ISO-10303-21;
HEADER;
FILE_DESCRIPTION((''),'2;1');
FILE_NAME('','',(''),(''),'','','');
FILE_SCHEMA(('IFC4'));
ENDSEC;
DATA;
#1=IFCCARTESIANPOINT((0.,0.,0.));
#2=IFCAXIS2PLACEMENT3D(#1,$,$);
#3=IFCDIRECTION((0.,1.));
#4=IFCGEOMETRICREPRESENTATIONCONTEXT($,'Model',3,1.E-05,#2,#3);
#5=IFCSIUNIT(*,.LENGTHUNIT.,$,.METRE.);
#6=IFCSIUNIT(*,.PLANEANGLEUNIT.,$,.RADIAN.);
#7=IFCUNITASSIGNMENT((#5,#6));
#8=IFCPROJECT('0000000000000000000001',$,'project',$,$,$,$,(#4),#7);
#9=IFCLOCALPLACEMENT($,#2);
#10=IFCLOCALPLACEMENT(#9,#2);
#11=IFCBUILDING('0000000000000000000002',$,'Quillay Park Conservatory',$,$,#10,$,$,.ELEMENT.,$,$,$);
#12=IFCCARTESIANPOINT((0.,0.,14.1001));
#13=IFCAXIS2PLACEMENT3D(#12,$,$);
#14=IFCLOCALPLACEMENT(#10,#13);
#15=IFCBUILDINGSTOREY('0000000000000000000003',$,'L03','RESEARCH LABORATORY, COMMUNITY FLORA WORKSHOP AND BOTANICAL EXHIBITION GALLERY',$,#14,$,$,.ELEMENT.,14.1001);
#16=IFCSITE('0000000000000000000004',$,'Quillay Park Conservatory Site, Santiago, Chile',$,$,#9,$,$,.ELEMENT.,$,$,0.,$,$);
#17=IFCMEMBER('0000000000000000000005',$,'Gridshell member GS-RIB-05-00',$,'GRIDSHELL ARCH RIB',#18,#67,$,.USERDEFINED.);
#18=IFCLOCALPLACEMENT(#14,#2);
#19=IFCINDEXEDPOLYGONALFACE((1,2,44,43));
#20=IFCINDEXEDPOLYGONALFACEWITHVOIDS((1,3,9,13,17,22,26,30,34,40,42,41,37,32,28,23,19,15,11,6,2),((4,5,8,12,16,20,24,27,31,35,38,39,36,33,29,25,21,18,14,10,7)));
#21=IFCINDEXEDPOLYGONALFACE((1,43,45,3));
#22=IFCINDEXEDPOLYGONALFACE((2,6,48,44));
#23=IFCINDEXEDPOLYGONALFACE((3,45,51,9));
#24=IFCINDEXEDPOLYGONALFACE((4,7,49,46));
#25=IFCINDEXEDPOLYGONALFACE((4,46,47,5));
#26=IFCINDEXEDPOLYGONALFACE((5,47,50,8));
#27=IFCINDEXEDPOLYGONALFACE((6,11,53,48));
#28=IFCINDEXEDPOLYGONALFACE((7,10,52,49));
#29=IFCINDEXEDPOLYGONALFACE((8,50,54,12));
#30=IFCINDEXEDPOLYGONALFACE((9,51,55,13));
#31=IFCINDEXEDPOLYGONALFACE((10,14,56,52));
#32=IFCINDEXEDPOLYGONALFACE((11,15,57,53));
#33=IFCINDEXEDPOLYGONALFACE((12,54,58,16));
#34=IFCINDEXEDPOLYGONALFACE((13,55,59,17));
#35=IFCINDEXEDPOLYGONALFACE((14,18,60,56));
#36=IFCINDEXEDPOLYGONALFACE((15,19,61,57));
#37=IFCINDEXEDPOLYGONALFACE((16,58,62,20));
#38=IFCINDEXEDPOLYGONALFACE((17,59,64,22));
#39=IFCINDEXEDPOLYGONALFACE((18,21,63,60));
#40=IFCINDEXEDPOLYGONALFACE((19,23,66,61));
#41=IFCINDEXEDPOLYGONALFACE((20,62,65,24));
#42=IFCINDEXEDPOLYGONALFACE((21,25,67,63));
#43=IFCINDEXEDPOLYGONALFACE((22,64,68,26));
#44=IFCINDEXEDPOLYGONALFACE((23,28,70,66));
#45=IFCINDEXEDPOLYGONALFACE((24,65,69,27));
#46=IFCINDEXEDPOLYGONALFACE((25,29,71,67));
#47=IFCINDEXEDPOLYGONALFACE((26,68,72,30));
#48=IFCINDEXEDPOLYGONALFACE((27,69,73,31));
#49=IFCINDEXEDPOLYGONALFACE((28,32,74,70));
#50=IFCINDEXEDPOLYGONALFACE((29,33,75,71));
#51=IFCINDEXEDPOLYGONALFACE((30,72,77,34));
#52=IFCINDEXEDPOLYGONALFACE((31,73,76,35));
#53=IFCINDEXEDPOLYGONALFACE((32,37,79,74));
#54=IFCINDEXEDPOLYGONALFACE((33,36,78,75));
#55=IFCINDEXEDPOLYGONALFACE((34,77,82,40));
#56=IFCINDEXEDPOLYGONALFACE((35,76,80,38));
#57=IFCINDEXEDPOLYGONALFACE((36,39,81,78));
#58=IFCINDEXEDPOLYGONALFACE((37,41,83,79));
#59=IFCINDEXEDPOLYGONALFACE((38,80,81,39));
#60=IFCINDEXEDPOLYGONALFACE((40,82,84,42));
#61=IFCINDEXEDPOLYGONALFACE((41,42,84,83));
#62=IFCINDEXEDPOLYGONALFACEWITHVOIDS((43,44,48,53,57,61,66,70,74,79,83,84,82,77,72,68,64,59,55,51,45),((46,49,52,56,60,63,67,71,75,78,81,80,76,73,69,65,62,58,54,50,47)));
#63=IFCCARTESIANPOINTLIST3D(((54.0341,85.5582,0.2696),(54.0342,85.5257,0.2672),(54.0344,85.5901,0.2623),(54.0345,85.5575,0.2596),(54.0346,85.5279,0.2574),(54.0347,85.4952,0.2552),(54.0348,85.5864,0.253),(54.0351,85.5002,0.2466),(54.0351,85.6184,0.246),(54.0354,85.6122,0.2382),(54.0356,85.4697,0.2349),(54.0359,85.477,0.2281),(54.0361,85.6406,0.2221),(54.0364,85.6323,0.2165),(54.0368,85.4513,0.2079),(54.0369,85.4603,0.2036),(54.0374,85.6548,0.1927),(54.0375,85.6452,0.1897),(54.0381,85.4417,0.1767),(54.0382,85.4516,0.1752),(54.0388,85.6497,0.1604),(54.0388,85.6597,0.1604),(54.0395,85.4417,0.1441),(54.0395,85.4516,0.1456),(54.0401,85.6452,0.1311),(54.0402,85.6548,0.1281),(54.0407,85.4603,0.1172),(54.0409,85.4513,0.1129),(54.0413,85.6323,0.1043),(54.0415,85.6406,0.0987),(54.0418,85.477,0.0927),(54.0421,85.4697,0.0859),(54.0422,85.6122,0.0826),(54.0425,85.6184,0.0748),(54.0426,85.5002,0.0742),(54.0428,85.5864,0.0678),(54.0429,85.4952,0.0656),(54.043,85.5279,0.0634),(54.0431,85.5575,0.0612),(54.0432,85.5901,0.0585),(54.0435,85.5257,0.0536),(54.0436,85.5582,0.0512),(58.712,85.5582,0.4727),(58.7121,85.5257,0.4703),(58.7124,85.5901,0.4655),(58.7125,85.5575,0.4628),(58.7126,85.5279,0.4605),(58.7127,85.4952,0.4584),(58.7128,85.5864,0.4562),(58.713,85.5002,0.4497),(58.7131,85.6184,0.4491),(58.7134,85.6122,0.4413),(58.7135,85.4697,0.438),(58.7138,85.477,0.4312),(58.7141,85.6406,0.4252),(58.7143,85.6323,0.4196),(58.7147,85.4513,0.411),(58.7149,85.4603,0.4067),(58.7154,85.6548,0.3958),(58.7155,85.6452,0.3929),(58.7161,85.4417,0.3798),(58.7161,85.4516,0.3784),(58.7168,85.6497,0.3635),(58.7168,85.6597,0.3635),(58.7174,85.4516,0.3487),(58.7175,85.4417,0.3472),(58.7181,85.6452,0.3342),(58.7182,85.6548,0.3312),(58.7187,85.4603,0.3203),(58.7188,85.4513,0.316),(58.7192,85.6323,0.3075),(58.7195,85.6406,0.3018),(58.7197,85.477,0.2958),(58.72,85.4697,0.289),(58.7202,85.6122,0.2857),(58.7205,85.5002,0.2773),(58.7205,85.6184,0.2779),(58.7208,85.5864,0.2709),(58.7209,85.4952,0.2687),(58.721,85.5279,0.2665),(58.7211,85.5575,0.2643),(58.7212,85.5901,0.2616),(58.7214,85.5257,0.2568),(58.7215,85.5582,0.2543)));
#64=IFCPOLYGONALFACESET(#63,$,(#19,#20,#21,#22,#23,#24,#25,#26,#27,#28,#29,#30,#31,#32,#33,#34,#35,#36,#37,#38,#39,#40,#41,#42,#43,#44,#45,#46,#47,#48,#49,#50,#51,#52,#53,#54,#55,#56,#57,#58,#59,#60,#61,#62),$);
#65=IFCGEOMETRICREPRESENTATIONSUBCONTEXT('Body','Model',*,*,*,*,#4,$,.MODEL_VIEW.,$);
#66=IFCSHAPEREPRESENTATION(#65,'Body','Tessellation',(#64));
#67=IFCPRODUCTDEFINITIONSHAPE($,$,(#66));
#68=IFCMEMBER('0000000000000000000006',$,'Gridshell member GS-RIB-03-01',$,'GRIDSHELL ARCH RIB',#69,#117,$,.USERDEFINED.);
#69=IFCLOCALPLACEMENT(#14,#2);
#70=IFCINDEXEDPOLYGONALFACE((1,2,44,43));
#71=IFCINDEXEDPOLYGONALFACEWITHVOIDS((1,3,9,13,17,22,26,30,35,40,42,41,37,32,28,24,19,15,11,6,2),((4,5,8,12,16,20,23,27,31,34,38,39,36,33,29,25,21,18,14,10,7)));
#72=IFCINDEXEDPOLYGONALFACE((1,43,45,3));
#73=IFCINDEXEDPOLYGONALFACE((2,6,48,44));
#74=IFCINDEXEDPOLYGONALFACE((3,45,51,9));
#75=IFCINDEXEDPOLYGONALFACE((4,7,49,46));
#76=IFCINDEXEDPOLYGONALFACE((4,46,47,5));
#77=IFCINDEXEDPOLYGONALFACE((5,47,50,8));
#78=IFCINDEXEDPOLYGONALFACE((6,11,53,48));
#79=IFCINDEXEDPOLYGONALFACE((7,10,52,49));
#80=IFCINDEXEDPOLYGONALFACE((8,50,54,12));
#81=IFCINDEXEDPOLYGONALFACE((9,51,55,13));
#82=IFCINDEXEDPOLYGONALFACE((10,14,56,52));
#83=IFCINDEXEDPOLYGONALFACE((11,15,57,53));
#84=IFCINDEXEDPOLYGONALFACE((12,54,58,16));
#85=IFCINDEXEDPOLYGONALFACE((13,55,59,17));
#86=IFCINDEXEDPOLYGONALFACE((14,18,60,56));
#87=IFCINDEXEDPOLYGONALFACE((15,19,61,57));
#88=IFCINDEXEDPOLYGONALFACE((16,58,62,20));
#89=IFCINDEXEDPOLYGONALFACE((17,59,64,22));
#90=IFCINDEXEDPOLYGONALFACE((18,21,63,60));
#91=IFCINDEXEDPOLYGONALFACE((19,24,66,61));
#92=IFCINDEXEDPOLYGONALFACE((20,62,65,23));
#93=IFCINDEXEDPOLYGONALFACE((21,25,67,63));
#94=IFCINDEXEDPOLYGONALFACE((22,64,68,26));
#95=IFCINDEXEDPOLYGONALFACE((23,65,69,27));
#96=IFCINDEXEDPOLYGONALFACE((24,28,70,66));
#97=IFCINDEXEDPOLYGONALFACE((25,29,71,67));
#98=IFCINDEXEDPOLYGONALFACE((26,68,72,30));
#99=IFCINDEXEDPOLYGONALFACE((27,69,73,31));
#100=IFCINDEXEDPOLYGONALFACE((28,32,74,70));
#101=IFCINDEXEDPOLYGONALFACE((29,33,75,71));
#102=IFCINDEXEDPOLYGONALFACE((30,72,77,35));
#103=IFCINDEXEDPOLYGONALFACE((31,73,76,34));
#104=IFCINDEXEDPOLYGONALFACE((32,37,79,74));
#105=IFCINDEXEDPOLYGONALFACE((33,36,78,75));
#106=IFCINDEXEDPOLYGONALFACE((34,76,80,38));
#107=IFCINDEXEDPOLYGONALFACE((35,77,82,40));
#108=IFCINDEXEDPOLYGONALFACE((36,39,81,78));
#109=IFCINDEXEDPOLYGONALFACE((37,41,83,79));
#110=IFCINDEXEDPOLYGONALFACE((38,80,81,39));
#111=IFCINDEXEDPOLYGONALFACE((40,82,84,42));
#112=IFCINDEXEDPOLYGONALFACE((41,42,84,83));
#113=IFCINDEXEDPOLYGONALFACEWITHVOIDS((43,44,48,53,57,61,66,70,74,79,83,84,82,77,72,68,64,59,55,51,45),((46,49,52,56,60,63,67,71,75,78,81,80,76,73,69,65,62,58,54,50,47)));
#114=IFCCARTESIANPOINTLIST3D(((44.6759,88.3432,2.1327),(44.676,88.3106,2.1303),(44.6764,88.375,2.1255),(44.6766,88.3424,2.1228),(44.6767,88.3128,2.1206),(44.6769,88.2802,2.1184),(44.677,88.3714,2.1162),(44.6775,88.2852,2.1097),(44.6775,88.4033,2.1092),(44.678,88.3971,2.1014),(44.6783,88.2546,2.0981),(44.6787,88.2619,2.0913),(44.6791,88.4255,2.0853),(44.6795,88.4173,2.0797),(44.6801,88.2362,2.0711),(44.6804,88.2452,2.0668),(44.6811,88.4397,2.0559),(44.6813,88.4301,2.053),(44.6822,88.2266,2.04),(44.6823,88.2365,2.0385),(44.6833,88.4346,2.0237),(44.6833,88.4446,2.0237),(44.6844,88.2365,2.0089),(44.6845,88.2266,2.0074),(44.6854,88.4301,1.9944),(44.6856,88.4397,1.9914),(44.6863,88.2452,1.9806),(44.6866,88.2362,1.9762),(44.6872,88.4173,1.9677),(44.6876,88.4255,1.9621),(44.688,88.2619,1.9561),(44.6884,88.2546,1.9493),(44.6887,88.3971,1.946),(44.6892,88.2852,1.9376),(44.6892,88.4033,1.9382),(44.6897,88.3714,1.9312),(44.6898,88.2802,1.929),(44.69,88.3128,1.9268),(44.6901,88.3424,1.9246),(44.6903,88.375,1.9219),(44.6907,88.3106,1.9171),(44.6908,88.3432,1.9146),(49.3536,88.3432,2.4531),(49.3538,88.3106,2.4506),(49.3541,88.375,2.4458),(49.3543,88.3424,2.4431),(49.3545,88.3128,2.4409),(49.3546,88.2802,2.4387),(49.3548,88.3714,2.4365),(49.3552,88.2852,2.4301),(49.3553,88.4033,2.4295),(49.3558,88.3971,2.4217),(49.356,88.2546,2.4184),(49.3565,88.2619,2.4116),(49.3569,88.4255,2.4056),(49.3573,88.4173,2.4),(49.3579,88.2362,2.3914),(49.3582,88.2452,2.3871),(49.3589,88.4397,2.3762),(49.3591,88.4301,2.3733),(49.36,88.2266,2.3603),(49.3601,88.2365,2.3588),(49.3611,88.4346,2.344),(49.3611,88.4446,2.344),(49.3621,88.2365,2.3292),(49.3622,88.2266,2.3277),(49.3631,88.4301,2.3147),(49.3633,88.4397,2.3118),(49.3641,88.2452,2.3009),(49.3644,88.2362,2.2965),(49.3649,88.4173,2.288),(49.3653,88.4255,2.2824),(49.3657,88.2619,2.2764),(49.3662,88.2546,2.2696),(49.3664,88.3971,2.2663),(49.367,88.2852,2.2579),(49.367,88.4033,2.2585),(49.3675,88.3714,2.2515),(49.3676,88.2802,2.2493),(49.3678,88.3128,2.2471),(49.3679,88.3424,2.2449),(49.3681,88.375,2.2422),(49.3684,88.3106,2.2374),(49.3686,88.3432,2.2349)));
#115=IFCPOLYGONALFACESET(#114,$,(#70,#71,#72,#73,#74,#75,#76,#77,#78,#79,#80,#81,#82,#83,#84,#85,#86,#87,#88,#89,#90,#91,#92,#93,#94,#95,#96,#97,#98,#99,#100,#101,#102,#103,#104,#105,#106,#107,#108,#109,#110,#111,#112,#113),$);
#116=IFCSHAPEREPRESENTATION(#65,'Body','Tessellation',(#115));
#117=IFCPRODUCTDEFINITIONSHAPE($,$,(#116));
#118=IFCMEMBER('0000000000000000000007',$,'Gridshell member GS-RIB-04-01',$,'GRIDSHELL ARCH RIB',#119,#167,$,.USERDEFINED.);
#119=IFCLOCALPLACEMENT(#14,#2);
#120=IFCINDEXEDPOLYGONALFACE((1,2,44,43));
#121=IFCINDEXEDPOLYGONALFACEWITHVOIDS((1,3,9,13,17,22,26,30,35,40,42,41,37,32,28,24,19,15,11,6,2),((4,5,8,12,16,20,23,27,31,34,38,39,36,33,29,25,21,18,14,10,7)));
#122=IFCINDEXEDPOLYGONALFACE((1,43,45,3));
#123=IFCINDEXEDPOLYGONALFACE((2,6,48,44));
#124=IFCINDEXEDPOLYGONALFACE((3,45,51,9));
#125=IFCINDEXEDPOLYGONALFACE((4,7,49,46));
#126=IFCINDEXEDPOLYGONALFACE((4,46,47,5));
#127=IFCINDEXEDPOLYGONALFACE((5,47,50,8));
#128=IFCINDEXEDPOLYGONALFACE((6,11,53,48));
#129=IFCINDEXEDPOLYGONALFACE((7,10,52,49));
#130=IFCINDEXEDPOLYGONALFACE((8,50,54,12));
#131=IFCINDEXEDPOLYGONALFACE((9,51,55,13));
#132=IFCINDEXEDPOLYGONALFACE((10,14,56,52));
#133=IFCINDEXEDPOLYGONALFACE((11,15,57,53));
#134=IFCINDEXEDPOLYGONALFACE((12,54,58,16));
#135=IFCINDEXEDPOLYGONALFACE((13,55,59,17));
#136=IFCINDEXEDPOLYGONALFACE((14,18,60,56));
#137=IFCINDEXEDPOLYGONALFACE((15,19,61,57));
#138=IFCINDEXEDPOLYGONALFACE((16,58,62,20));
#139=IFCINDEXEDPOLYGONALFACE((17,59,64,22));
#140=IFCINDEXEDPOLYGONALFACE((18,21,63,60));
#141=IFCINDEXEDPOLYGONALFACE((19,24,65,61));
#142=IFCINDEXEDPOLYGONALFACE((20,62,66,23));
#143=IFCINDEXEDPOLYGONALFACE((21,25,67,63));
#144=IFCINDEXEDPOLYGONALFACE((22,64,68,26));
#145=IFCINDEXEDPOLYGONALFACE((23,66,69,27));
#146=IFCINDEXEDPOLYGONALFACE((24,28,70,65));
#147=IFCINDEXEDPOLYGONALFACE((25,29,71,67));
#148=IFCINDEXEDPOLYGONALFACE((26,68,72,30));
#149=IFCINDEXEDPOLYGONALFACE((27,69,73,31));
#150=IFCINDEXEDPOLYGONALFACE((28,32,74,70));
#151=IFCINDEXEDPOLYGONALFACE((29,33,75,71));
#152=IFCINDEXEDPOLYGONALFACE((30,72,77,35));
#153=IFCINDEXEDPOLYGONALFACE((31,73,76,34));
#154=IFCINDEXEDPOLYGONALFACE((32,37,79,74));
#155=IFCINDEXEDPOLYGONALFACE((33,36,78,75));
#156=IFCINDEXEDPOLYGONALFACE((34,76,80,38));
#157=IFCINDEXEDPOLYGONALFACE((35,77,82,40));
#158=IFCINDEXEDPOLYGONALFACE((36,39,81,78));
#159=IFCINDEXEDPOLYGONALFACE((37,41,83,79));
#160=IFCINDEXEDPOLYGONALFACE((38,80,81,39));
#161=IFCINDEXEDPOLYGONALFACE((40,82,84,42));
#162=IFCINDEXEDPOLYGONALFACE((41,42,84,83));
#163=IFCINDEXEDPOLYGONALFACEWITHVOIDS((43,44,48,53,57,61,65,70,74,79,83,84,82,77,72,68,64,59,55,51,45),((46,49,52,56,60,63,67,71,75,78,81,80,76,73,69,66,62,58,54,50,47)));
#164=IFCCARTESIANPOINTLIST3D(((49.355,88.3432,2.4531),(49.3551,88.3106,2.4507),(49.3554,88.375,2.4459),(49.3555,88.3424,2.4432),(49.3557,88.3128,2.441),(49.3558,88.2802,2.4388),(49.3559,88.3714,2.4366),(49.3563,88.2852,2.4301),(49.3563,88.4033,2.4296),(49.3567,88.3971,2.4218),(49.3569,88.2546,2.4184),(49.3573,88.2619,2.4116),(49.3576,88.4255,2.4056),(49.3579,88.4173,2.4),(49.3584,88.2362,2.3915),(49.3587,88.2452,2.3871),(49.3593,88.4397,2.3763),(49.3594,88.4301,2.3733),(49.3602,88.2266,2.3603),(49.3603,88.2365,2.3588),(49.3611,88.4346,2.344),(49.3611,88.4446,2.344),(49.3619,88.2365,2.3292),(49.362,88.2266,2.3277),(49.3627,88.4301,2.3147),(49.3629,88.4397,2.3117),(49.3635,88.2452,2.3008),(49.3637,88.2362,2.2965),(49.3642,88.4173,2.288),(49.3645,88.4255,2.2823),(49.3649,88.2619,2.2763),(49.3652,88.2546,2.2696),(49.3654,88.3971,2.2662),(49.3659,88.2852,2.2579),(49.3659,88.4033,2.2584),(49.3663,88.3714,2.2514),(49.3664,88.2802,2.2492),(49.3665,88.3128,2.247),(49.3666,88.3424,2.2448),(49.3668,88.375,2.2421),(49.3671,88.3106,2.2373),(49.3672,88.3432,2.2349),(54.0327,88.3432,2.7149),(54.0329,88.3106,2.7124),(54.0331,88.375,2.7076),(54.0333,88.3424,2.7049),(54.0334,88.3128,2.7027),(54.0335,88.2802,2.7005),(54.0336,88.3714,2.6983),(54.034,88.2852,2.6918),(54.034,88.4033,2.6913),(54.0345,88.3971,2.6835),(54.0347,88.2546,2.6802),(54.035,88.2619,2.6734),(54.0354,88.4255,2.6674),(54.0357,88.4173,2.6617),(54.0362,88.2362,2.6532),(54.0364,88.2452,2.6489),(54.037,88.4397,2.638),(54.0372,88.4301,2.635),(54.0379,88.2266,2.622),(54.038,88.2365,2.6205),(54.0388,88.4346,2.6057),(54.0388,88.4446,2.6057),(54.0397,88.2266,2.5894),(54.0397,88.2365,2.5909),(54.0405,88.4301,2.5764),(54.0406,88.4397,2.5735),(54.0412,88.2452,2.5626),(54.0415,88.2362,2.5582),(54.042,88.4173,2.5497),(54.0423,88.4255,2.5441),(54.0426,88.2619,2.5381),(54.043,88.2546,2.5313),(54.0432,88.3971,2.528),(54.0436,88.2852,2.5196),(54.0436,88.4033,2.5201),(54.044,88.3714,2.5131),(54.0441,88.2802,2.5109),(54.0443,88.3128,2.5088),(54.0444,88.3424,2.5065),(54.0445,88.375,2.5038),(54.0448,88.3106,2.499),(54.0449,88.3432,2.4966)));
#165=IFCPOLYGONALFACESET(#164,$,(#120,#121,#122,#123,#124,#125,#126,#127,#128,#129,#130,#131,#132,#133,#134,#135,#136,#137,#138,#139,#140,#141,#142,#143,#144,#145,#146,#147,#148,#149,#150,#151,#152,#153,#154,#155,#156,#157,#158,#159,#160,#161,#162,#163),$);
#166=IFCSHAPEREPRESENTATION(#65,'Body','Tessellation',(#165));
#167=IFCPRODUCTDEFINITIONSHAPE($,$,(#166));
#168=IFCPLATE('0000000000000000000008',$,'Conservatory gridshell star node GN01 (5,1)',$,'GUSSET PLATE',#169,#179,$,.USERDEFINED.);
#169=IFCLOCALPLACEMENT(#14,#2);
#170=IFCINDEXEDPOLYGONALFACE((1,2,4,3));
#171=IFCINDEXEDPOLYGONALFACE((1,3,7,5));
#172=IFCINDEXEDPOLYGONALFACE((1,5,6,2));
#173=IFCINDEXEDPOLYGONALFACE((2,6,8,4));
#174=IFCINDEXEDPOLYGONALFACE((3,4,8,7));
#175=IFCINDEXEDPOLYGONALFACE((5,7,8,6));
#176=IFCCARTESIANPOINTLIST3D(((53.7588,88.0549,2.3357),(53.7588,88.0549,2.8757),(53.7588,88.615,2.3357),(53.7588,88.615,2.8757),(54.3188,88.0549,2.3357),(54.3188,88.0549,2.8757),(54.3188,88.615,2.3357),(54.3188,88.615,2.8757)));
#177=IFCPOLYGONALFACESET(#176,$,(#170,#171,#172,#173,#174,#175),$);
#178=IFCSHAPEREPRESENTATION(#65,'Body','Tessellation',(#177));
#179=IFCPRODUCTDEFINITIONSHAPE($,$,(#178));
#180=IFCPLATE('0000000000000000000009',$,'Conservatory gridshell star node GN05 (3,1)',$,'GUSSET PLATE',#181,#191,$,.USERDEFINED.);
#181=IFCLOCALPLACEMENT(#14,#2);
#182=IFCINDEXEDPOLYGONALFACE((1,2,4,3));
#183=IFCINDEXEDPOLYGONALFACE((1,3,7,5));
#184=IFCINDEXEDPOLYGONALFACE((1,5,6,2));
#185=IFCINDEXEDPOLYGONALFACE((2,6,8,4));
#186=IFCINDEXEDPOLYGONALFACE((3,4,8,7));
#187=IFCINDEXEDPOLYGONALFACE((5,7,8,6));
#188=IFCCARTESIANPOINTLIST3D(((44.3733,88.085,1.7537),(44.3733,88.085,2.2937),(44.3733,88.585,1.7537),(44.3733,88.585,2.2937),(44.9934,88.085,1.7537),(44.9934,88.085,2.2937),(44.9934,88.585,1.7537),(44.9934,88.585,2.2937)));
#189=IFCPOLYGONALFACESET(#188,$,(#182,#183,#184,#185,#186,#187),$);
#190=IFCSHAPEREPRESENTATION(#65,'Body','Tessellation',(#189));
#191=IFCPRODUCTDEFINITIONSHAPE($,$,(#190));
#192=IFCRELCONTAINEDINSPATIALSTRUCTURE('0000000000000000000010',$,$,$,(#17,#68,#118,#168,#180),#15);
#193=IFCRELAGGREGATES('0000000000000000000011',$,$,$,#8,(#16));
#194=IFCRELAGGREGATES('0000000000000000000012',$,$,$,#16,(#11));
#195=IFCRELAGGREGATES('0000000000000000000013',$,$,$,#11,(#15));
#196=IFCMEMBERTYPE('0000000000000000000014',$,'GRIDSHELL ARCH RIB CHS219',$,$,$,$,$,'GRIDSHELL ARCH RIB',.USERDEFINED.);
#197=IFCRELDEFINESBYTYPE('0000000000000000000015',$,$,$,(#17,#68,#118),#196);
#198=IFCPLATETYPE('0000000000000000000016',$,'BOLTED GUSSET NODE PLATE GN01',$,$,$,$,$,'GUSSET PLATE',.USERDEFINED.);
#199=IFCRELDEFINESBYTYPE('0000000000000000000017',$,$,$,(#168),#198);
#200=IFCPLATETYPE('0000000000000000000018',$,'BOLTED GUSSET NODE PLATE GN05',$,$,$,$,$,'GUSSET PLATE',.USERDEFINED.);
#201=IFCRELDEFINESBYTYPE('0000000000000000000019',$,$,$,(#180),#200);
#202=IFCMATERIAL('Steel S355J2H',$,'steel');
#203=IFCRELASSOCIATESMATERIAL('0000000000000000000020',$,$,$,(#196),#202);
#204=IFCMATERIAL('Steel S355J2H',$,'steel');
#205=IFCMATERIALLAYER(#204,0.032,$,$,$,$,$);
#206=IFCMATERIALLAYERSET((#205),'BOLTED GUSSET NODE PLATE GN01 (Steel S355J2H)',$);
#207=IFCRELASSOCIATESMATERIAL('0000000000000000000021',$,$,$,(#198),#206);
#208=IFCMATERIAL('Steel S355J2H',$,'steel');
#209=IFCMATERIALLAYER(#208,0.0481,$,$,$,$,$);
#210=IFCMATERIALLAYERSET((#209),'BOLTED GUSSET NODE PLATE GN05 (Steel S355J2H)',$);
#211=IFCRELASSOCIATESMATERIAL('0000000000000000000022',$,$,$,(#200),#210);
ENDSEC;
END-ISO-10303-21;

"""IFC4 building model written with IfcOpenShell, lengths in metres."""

from ifc_helpers import new_model, si_unit, direction, frame, origin, origin_2d, place, context, subcontext, project, spatial, rectangle, hollow_circle, extrude, material, layer, layer_set, material_profile, profile_set, type_object, element, save


model = new_model("IFC4")

# Units and contexts
model_context = context("Model", 3, precision=1e-05, world=origin(), true_north=direction((0.0, 1.0)))
body_context = subcontext(model_context, "Body", "Model", "MODEL_VIEW")
ifc_project = project(units=[si_unit("LENGTHUNIT", "METRE"), si_unit("PLANEANGLEUNIT", "RADIAN")], contexts=[model_context])

# Site, building, storey
site_placement = place(None, origin())
site = spatial("IfcSite", under=ifc_project, at=site_placement, Name="Quillay Park Conservatory Site, Santiago, Chile", CompositionType="ELEMENT", RefElevation=0.0)
building_placement = place(site_placement, origin())
building = spatial("IfcBuilding", under=site, at=building_placement, Name="Quillay Park Conservatory", CompositionType="ELEMENT")
storey_placement = place(building_placement, frame((0.0, 0.0, 14.1001)))
storey = spatial("IfcBuildingStorey", under=building, at=storey_placement, Name="L03", Description="RESEARCH LABORATORY, COMMUNITY FLORA WORKSHOP AND BOTANICAL EXHIBITION GALLERY", CompositionType="ELEMENT", Elevation=14.1001)

# Members
ifc_material_1 = material(Name="Steel S355J2H", Category="steel")
ifc_material_profile_1 = material_profile(ifc_material_1, hollow_circle(Radius=0.1096, WallThickness=0.01, at=origin_2d()), Name="CHS219.1x10")
ifc_profile_set_1 = profile_set([ifc_material_profile_1], Name="Steel S355J2H")
member_type = type_object("IfcMemberType", Name="GRIDSHELL ARCH RIB CHS219", ElementType="GRIDSHELL ARCH RIB", PredefinedType="USERDEFINED", material=ifc_profile_set_1)
member_1_placement = place(storey_placement, frame((54.0388, 85.55, 0.1604), z_axis=(0.999059, 0.0, 0.043381), x_axis=(0.0, 1.0, 0.0)))
element("IfcMember", 1, at=member_1_placement, inside=storey, type_object=member_type, Name="Gridshell member GS-RIB-05-00", ObjectType="GRIDSHELL ARCH RIB", PredefinedType="USERDEFINED", context=body_context, shape_type="SweptSolid", body=[
    extrude(hollow_circle(Radius=0.1096, WallThickness=0.01, at=origin_2d()), origin(), (0.0, 0.0, 1.0), 4.6824),
])
member_2_placement = place(storey_placement, frame((44.6833, 88.335, 2.0237), z_axis=(0.997664, 0.0, 0.068316), x_axis=(0.0, 1.0, 0.0)))
element("IfcMember", 2, at=member_2_placement, inside=storey, type_object=member_type, Name="Gridshell member GS-RIB-03-01", ObjectType="GRIDSHELL ARCH RIB", PredefinedType="USERDEFINED", context=body_context, shape_type="SweptSolid", body=[
    extrude(hollow_circle(Radius=0.1096, WallThickness=0.01, at=origin_2d()), origin(), (0.0, 0.0, 1.0), 4.6887),
])
member_3_placement = place(storey_placement, frame((49.3611, 88.335, 2.344), z_axis=(0.998438, 0.0, 0.055863), x_axis=(0.0, 1.0, 0.0)))
element("IfcMember", 3, at=member_3_placement, inside=storey, type_object=member_type, Name="Gridshell member GS-RIB-04-01", ObjectType="GRIDSHELL ARCH RIB", PredefinedType="USERDEFINED", context=body_context, shape_type="SweptSolid", body=[
    extrude(hollow_circle(Radius=0.1096, WallThickness=0.01, at=origin_2d()), origin(), (0.0, 0.0, 1.0), 4.6851),
])

# Plates
ifc_material_2 = material(Name="Steel S355J2H", Category="steel")
ifc_layer_1 = layer(ifc_material_2, 0.032)
ifc_layer_set_1 = layer_set([ifc_layer_1], Name="BOLTED GUSSET NODE PLATE GN01 (Steel S355J2H)")
plate_type_1 = type_object("IfcPlateType", Name="BOLTED GUSSET NODE PLATE GN01", ElementType="GUSSET PLATE", PredefinedType="USERDEFINED", material=ifc_layer_set_1)
plate_1_placement = place(storey_placement, frame((54.0388, 88.335, 2.3357), z_axis=(0.0, 0.0, 1.0), x_axis=(1.0, 0.0, 0.0)))
element("IfcPlate", 4, at=plate_1_placement, inside=storey, type_object=plate_type_1, Name="Conservatory gridshell star node GN01 (5,1)", ObjectType="GUSSET PLATE", PredefinedType="USERDEFINED", context=body_context, shape_type="SweptSolid", body=[
    extrude(rectangle(XDim=0.5601, YDim=0.5601, at=origin_2d()), origin(), (0.0, 0.0, 1.0), 0.54),
])
ifc_material_3 = material(Name="Steel S355J2H", Category="steel")
ifc_layer_2 = layer(ifc_material_3, 0.0481)
ifc_layer_set_2 = layer_set([ifc_layer_2], Name="BOLTED GUSSET NODE PLATE GN05 (Steel S355J2H)")
plate_type_2 = type_object("IfcPlateType", Name="BOLTED GUSSET NODE PLATE GN05", ElementType="GUSSET PLATE", PredefinedType="USERDEFINED", material=ifc_layer_set_2)
plate_2_placement = place(storey_placement, frame((44.6833, 88.335, 1.7537), z_axis=(0.0, 0.0, 1.0), x_axis=(1.0, 0.0, 0.0)))
element("IfcPlate", 5, at=plate_2_placement, inside=storey, type_object=plate_type_2, Name="Conservatory gridshell star node GN05 (3,1)", ObjectType="GUSSET PLATE", PredefinedType="USERDEFINED", context=body_context, shape_type="SweptSolid", body=[
    extrude(rectangle(XDim=0.6201, YDim=0.5, at=origin_2d()), origin(), (0.0, 0.0, 1.0), 0.54),
])

save(model, "model.ifc")
